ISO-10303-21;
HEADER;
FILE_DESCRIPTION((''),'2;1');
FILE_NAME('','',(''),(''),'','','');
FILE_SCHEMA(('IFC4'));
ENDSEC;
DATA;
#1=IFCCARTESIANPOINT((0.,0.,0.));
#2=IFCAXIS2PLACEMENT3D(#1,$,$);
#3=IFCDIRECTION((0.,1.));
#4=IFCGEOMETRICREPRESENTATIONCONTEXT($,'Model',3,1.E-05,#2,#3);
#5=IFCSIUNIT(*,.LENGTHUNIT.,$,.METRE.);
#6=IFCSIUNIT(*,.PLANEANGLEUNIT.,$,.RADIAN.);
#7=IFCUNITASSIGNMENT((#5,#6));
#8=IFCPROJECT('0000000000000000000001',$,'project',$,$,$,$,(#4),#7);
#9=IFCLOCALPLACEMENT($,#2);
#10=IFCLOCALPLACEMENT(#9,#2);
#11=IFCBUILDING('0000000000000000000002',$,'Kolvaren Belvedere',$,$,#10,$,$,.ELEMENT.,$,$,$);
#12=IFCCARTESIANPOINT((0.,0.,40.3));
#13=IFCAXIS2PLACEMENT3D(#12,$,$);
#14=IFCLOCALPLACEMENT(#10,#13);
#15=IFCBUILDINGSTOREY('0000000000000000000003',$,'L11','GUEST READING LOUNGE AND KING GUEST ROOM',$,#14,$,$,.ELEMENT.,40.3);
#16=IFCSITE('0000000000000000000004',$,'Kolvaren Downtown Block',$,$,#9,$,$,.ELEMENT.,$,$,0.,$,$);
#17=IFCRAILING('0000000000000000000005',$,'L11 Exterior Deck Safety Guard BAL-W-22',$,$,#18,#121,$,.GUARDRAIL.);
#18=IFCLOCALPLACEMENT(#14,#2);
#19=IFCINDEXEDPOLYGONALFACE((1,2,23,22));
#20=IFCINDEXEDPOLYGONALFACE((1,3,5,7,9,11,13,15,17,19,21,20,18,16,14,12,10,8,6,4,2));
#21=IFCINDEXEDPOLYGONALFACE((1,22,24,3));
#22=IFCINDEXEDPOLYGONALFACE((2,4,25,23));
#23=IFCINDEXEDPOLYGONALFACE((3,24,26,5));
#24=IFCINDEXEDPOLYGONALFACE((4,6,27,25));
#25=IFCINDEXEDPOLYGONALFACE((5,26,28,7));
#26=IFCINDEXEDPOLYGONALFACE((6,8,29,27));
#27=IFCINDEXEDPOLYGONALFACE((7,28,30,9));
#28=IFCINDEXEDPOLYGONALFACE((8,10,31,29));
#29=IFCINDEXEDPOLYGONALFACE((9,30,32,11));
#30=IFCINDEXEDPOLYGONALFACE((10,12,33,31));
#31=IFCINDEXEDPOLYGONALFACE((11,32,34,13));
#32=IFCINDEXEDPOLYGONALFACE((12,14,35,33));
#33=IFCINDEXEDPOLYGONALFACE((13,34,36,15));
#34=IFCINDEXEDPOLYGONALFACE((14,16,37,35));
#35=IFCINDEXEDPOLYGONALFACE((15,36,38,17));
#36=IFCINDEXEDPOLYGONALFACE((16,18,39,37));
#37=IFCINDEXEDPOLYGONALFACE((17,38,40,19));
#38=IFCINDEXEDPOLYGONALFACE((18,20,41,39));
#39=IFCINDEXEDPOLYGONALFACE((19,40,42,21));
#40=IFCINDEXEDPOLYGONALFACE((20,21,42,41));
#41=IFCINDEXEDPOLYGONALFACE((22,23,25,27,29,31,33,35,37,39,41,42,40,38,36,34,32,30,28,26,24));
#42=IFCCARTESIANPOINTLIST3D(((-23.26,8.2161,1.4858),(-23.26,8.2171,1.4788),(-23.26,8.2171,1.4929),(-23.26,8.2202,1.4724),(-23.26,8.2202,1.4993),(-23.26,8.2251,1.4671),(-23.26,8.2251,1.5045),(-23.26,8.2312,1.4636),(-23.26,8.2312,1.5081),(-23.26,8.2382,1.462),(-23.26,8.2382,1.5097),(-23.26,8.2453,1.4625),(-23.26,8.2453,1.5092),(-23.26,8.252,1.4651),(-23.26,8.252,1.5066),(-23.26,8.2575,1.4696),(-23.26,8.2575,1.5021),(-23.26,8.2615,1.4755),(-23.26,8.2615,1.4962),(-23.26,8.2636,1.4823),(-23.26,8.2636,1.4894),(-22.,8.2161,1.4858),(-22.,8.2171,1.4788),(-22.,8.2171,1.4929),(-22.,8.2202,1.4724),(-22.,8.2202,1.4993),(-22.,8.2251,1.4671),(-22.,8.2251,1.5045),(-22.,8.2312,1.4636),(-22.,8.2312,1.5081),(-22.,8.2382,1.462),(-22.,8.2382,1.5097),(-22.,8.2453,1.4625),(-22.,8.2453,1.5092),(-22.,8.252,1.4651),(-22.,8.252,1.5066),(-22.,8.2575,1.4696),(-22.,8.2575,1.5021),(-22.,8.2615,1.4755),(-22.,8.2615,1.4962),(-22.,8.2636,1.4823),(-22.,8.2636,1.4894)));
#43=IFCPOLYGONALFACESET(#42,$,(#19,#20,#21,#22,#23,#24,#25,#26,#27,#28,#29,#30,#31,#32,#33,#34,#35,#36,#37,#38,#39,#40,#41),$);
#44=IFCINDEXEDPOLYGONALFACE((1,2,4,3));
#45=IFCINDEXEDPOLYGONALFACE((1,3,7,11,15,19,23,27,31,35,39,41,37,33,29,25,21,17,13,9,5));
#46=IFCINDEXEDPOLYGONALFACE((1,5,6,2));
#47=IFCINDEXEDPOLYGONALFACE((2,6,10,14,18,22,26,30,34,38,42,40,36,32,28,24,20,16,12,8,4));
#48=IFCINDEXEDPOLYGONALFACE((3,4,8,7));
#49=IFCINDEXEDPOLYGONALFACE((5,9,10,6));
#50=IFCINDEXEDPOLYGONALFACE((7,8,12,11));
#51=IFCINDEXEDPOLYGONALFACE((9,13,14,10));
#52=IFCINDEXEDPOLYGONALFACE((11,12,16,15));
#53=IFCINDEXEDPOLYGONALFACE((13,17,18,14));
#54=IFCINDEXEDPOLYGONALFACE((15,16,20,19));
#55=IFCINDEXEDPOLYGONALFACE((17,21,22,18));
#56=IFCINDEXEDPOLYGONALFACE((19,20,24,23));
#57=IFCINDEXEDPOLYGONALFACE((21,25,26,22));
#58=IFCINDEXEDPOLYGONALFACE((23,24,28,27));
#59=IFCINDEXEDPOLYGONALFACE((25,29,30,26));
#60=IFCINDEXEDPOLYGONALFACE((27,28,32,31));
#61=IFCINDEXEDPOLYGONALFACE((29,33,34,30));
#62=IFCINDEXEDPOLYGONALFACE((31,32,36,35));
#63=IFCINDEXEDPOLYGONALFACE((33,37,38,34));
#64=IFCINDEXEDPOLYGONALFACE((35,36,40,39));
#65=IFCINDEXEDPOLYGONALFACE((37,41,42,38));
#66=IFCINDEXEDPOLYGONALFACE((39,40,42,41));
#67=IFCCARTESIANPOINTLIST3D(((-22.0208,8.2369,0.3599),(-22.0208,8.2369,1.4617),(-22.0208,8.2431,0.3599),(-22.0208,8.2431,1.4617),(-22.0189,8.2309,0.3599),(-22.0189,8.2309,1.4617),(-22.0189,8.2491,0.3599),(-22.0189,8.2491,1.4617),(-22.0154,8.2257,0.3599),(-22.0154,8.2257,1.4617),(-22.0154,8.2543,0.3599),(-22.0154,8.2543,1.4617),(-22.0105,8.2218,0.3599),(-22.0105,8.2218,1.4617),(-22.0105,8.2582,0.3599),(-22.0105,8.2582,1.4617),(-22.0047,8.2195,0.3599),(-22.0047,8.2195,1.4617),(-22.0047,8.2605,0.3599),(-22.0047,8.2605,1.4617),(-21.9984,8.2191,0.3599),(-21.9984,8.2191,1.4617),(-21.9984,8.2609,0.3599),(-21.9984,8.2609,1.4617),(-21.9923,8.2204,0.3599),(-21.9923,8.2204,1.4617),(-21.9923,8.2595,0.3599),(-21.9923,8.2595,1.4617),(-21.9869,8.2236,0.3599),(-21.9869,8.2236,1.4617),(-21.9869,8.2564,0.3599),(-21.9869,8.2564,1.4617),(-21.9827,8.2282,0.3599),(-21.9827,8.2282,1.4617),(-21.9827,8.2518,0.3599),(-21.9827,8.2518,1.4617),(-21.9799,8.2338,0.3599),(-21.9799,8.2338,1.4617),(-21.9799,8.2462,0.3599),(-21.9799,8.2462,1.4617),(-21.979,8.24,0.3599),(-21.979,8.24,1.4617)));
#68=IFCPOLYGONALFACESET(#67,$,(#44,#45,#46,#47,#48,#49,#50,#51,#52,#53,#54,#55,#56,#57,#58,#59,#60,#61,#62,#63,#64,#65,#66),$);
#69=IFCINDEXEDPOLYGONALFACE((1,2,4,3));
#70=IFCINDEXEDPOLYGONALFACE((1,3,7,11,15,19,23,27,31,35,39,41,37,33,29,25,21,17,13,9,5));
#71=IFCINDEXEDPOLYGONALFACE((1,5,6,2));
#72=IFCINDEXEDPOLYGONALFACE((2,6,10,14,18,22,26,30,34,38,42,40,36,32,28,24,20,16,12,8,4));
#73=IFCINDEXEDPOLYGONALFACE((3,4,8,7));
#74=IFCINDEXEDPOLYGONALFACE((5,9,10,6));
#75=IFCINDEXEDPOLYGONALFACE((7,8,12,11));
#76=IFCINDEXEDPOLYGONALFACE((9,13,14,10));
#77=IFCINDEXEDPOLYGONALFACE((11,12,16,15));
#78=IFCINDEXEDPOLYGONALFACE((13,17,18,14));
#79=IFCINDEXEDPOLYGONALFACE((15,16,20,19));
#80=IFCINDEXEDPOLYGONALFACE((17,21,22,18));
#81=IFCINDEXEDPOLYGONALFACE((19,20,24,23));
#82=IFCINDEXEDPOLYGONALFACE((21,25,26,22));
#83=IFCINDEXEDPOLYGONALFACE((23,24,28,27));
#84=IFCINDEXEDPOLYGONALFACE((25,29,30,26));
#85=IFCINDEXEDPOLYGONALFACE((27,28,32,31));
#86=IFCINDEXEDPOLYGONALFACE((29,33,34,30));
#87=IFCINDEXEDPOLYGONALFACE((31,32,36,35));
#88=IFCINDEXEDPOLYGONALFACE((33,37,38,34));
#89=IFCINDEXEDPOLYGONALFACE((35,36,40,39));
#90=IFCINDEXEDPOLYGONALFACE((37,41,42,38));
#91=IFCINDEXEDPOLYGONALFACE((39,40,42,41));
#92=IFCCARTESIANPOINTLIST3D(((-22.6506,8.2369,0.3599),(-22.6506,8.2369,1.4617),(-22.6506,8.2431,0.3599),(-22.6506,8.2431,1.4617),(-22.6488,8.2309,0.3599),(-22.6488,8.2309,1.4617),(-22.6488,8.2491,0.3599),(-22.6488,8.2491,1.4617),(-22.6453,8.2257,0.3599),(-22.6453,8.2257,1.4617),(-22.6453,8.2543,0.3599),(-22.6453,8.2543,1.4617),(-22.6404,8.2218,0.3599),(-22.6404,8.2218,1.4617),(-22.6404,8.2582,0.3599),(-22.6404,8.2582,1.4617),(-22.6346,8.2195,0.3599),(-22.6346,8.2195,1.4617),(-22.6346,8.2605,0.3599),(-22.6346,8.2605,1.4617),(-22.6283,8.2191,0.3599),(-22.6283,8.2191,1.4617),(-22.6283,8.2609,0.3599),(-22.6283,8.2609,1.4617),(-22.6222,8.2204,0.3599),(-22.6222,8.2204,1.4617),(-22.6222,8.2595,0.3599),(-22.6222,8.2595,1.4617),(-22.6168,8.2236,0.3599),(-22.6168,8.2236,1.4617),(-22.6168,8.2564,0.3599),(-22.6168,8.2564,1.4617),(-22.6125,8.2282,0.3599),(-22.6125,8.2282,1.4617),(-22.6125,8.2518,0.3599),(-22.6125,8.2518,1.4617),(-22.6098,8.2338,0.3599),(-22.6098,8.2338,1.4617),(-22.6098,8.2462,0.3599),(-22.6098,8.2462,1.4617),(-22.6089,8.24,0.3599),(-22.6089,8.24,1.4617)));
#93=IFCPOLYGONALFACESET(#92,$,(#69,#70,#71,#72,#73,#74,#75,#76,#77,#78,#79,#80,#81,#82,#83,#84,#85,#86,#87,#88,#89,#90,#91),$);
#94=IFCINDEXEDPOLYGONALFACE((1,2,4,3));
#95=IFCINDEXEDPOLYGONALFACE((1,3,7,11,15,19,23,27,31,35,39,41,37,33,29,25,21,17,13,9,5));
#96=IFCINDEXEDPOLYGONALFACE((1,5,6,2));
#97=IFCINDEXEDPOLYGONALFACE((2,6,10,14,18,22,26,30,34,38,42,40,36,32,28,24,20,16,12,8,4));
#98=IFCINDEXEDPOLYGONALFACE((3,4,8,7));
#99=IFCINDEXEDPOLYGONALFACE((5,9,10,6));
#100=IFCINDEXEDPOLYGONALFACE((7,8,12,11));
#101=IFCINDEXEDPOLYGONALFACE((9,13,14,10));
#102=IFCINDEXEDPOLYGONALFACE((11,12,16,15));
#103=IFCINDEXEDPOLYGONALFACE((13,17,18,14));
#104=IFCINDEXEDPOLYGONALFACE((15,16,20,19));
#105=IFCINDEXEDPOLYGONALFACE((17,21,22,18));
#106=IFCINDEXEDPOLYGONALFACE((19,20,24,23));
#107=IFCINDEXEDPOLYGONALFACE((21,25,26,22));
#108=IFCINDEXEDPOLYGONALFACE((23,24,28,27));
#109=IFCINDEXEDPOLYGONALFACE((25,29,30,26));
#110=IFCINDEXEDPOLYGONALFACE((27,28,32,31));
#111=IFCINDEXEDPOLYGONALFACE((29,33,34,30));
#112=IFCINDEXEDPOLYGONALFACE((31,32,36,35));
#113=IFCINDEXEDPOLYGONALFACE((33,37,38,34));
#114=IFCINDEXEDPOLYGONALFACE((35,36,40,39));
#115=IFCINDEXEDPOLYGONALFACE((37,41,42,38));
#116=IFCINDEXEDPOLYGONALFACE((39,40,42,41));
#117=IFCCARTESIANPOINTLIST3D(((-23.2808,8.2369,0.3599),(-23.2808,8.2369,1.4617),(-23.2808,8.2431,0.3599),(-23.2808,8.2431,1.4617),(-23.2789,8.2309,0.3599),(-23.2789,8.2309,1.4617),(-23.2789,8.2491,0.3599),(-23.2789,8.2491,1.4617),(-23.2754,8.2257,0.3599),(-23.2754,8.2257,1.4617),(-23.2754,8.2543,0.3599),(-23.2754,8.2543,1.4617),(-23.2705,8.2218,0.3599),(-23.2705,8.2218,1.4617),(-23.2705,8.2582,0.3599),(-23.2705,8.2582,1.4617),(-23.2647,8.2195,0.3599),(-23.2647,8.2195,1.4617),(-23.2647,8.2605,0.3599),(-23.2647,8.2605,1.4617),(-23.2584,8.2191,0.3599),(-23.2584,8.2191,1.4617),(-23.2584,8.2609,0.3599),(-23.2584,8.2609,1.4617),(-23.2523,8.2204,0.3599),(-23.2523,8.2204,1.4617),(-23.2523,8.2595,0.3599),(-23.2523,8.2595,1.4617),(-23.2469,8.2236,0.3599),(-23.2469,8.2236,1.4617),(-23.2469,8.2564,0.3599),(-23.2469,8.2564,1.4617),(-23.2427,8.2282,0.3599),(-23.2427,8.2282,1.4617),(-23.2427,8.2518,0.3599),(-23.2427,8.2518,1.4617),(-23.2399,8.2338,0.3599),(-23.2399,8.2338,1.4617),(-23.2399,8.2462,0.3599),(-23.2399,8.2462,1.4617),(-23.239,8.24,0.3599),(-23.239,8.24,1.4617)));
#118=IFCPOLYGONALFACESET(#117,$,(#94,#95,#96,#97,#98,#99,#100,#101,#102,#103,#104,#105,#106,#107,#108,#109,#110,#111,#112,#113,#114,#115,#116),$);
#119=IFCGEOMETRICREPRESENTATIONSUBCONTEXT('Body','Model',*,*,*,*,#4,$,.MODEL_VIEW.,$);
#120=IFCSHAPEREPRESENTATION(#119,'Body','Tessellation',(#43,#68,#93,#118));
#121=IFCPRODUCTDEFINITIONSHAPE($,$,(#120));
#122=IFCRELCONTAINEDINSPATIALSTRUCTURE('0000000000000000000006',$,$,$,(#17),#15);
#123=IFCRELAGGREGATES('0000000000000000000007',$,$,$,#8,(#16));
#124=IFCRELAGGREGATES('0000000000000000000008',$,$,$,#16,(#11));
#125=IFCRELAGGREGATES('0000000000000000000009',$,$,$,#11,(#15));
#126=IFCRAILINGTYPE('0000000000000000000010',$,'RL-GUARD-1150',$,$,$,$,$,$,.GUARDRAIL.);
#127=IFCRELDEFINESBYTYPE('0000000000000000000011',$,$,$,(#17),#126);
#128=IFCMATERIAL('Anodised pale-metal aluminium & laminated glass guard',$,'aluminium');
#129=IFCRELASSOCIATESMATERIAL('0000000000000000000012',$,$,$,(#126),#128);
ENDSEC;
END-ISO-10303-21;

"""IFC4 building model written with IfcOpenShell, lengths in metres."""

from ifc_helpers import new_model, si_unit, direction, frame, origin, origin_2d, place, context, subcontext, project, spatial, circle, extrude, material, type_object, element, save


model = new_model("IFC4")

# Units and contexts
model_context = context("Model", 3, precision=1e-05, world=origin(), true_north=direction((0.0, 1.0)))
body_context = subcontext(model_context, "Body", "Model", "MODEL_VIEW")
ifc_project = project(units=[si_unit("LENGTHUNIT", "METRE"), si_unit("PLANEANGLEUNIT", "RADIAN")], contexts=[model_context])

# Site, building, storey
site_placement = place(None, origin())
site = spatial("IfcSite", under=ifc_project, at=site_placement, Name="Kolvaren Downtown Block", CompositionType="ELEMENT", RefElevation=0.0)
building_placement = place(site_placement, origin())
building = spatial("IfcBuilding", under=site, at=building_placement, Name="Kolvaren Belvedere", CompositionType="ELEMENT")
storey_placement = place(building_placement, frame((0.0, 0.0, 40.3)))
storey = spatial("IfcBuildingStorey", under=building, at=storey_placement, Name="L11", Description="GUEST READING LOUNGE AND KING GUEST ROOM", CompositionType="ELEMENT", Elevation=40.3)

# Railing
ifc_material_1 = material(Name="Anodised pale-metal aluminium & laminated glass guard", Category="aluminium")
railing_type = type_object("IfcRailingType", Name="RL-GUARD-1150", PredefinedType="GUARDRAIL", material=ifc_material_1)
railing_1_placement = place(storey_placement, frame((-22.0, 8.24, 0.3599)))
element("IfcRailing", 1, at=railing_1_placement, inside=storey, type_object=railing_type, Name="L11 Exterior Deck Safety Guard BAL-W-22", PredefinedType="GUARDRAIL", context=body_context, shape_type="SweptSolid", body=[
    extrude(circle(Radius=0.0239, at=origin_2d()), frame((0.0, 0.0, 1.126), z_axis=(-1.0, 0.0, 0.0), x_axis=(0.0, -1.0, 0.0)), (0.0, 0.0, 1.0), 1.26),
    extrude(circle(Radius=0.021, at=origin_2d()), origin(), (0.0, 0.0, 1.0), 1.1018),
    extrude(circle(Radius=0.021, at=origin_2d()), frame((-0.6299, 0.0, 0.0)), (0.0, 0.0, 1.0), 1.1018),
    extrude(circle(Radius=0.021, at=origin_2d()), frame((-1.26, 0.0, 0.0)), (0.0, 0.0, 1.0), 1.1018),
])

save(model, "model.ifc")
